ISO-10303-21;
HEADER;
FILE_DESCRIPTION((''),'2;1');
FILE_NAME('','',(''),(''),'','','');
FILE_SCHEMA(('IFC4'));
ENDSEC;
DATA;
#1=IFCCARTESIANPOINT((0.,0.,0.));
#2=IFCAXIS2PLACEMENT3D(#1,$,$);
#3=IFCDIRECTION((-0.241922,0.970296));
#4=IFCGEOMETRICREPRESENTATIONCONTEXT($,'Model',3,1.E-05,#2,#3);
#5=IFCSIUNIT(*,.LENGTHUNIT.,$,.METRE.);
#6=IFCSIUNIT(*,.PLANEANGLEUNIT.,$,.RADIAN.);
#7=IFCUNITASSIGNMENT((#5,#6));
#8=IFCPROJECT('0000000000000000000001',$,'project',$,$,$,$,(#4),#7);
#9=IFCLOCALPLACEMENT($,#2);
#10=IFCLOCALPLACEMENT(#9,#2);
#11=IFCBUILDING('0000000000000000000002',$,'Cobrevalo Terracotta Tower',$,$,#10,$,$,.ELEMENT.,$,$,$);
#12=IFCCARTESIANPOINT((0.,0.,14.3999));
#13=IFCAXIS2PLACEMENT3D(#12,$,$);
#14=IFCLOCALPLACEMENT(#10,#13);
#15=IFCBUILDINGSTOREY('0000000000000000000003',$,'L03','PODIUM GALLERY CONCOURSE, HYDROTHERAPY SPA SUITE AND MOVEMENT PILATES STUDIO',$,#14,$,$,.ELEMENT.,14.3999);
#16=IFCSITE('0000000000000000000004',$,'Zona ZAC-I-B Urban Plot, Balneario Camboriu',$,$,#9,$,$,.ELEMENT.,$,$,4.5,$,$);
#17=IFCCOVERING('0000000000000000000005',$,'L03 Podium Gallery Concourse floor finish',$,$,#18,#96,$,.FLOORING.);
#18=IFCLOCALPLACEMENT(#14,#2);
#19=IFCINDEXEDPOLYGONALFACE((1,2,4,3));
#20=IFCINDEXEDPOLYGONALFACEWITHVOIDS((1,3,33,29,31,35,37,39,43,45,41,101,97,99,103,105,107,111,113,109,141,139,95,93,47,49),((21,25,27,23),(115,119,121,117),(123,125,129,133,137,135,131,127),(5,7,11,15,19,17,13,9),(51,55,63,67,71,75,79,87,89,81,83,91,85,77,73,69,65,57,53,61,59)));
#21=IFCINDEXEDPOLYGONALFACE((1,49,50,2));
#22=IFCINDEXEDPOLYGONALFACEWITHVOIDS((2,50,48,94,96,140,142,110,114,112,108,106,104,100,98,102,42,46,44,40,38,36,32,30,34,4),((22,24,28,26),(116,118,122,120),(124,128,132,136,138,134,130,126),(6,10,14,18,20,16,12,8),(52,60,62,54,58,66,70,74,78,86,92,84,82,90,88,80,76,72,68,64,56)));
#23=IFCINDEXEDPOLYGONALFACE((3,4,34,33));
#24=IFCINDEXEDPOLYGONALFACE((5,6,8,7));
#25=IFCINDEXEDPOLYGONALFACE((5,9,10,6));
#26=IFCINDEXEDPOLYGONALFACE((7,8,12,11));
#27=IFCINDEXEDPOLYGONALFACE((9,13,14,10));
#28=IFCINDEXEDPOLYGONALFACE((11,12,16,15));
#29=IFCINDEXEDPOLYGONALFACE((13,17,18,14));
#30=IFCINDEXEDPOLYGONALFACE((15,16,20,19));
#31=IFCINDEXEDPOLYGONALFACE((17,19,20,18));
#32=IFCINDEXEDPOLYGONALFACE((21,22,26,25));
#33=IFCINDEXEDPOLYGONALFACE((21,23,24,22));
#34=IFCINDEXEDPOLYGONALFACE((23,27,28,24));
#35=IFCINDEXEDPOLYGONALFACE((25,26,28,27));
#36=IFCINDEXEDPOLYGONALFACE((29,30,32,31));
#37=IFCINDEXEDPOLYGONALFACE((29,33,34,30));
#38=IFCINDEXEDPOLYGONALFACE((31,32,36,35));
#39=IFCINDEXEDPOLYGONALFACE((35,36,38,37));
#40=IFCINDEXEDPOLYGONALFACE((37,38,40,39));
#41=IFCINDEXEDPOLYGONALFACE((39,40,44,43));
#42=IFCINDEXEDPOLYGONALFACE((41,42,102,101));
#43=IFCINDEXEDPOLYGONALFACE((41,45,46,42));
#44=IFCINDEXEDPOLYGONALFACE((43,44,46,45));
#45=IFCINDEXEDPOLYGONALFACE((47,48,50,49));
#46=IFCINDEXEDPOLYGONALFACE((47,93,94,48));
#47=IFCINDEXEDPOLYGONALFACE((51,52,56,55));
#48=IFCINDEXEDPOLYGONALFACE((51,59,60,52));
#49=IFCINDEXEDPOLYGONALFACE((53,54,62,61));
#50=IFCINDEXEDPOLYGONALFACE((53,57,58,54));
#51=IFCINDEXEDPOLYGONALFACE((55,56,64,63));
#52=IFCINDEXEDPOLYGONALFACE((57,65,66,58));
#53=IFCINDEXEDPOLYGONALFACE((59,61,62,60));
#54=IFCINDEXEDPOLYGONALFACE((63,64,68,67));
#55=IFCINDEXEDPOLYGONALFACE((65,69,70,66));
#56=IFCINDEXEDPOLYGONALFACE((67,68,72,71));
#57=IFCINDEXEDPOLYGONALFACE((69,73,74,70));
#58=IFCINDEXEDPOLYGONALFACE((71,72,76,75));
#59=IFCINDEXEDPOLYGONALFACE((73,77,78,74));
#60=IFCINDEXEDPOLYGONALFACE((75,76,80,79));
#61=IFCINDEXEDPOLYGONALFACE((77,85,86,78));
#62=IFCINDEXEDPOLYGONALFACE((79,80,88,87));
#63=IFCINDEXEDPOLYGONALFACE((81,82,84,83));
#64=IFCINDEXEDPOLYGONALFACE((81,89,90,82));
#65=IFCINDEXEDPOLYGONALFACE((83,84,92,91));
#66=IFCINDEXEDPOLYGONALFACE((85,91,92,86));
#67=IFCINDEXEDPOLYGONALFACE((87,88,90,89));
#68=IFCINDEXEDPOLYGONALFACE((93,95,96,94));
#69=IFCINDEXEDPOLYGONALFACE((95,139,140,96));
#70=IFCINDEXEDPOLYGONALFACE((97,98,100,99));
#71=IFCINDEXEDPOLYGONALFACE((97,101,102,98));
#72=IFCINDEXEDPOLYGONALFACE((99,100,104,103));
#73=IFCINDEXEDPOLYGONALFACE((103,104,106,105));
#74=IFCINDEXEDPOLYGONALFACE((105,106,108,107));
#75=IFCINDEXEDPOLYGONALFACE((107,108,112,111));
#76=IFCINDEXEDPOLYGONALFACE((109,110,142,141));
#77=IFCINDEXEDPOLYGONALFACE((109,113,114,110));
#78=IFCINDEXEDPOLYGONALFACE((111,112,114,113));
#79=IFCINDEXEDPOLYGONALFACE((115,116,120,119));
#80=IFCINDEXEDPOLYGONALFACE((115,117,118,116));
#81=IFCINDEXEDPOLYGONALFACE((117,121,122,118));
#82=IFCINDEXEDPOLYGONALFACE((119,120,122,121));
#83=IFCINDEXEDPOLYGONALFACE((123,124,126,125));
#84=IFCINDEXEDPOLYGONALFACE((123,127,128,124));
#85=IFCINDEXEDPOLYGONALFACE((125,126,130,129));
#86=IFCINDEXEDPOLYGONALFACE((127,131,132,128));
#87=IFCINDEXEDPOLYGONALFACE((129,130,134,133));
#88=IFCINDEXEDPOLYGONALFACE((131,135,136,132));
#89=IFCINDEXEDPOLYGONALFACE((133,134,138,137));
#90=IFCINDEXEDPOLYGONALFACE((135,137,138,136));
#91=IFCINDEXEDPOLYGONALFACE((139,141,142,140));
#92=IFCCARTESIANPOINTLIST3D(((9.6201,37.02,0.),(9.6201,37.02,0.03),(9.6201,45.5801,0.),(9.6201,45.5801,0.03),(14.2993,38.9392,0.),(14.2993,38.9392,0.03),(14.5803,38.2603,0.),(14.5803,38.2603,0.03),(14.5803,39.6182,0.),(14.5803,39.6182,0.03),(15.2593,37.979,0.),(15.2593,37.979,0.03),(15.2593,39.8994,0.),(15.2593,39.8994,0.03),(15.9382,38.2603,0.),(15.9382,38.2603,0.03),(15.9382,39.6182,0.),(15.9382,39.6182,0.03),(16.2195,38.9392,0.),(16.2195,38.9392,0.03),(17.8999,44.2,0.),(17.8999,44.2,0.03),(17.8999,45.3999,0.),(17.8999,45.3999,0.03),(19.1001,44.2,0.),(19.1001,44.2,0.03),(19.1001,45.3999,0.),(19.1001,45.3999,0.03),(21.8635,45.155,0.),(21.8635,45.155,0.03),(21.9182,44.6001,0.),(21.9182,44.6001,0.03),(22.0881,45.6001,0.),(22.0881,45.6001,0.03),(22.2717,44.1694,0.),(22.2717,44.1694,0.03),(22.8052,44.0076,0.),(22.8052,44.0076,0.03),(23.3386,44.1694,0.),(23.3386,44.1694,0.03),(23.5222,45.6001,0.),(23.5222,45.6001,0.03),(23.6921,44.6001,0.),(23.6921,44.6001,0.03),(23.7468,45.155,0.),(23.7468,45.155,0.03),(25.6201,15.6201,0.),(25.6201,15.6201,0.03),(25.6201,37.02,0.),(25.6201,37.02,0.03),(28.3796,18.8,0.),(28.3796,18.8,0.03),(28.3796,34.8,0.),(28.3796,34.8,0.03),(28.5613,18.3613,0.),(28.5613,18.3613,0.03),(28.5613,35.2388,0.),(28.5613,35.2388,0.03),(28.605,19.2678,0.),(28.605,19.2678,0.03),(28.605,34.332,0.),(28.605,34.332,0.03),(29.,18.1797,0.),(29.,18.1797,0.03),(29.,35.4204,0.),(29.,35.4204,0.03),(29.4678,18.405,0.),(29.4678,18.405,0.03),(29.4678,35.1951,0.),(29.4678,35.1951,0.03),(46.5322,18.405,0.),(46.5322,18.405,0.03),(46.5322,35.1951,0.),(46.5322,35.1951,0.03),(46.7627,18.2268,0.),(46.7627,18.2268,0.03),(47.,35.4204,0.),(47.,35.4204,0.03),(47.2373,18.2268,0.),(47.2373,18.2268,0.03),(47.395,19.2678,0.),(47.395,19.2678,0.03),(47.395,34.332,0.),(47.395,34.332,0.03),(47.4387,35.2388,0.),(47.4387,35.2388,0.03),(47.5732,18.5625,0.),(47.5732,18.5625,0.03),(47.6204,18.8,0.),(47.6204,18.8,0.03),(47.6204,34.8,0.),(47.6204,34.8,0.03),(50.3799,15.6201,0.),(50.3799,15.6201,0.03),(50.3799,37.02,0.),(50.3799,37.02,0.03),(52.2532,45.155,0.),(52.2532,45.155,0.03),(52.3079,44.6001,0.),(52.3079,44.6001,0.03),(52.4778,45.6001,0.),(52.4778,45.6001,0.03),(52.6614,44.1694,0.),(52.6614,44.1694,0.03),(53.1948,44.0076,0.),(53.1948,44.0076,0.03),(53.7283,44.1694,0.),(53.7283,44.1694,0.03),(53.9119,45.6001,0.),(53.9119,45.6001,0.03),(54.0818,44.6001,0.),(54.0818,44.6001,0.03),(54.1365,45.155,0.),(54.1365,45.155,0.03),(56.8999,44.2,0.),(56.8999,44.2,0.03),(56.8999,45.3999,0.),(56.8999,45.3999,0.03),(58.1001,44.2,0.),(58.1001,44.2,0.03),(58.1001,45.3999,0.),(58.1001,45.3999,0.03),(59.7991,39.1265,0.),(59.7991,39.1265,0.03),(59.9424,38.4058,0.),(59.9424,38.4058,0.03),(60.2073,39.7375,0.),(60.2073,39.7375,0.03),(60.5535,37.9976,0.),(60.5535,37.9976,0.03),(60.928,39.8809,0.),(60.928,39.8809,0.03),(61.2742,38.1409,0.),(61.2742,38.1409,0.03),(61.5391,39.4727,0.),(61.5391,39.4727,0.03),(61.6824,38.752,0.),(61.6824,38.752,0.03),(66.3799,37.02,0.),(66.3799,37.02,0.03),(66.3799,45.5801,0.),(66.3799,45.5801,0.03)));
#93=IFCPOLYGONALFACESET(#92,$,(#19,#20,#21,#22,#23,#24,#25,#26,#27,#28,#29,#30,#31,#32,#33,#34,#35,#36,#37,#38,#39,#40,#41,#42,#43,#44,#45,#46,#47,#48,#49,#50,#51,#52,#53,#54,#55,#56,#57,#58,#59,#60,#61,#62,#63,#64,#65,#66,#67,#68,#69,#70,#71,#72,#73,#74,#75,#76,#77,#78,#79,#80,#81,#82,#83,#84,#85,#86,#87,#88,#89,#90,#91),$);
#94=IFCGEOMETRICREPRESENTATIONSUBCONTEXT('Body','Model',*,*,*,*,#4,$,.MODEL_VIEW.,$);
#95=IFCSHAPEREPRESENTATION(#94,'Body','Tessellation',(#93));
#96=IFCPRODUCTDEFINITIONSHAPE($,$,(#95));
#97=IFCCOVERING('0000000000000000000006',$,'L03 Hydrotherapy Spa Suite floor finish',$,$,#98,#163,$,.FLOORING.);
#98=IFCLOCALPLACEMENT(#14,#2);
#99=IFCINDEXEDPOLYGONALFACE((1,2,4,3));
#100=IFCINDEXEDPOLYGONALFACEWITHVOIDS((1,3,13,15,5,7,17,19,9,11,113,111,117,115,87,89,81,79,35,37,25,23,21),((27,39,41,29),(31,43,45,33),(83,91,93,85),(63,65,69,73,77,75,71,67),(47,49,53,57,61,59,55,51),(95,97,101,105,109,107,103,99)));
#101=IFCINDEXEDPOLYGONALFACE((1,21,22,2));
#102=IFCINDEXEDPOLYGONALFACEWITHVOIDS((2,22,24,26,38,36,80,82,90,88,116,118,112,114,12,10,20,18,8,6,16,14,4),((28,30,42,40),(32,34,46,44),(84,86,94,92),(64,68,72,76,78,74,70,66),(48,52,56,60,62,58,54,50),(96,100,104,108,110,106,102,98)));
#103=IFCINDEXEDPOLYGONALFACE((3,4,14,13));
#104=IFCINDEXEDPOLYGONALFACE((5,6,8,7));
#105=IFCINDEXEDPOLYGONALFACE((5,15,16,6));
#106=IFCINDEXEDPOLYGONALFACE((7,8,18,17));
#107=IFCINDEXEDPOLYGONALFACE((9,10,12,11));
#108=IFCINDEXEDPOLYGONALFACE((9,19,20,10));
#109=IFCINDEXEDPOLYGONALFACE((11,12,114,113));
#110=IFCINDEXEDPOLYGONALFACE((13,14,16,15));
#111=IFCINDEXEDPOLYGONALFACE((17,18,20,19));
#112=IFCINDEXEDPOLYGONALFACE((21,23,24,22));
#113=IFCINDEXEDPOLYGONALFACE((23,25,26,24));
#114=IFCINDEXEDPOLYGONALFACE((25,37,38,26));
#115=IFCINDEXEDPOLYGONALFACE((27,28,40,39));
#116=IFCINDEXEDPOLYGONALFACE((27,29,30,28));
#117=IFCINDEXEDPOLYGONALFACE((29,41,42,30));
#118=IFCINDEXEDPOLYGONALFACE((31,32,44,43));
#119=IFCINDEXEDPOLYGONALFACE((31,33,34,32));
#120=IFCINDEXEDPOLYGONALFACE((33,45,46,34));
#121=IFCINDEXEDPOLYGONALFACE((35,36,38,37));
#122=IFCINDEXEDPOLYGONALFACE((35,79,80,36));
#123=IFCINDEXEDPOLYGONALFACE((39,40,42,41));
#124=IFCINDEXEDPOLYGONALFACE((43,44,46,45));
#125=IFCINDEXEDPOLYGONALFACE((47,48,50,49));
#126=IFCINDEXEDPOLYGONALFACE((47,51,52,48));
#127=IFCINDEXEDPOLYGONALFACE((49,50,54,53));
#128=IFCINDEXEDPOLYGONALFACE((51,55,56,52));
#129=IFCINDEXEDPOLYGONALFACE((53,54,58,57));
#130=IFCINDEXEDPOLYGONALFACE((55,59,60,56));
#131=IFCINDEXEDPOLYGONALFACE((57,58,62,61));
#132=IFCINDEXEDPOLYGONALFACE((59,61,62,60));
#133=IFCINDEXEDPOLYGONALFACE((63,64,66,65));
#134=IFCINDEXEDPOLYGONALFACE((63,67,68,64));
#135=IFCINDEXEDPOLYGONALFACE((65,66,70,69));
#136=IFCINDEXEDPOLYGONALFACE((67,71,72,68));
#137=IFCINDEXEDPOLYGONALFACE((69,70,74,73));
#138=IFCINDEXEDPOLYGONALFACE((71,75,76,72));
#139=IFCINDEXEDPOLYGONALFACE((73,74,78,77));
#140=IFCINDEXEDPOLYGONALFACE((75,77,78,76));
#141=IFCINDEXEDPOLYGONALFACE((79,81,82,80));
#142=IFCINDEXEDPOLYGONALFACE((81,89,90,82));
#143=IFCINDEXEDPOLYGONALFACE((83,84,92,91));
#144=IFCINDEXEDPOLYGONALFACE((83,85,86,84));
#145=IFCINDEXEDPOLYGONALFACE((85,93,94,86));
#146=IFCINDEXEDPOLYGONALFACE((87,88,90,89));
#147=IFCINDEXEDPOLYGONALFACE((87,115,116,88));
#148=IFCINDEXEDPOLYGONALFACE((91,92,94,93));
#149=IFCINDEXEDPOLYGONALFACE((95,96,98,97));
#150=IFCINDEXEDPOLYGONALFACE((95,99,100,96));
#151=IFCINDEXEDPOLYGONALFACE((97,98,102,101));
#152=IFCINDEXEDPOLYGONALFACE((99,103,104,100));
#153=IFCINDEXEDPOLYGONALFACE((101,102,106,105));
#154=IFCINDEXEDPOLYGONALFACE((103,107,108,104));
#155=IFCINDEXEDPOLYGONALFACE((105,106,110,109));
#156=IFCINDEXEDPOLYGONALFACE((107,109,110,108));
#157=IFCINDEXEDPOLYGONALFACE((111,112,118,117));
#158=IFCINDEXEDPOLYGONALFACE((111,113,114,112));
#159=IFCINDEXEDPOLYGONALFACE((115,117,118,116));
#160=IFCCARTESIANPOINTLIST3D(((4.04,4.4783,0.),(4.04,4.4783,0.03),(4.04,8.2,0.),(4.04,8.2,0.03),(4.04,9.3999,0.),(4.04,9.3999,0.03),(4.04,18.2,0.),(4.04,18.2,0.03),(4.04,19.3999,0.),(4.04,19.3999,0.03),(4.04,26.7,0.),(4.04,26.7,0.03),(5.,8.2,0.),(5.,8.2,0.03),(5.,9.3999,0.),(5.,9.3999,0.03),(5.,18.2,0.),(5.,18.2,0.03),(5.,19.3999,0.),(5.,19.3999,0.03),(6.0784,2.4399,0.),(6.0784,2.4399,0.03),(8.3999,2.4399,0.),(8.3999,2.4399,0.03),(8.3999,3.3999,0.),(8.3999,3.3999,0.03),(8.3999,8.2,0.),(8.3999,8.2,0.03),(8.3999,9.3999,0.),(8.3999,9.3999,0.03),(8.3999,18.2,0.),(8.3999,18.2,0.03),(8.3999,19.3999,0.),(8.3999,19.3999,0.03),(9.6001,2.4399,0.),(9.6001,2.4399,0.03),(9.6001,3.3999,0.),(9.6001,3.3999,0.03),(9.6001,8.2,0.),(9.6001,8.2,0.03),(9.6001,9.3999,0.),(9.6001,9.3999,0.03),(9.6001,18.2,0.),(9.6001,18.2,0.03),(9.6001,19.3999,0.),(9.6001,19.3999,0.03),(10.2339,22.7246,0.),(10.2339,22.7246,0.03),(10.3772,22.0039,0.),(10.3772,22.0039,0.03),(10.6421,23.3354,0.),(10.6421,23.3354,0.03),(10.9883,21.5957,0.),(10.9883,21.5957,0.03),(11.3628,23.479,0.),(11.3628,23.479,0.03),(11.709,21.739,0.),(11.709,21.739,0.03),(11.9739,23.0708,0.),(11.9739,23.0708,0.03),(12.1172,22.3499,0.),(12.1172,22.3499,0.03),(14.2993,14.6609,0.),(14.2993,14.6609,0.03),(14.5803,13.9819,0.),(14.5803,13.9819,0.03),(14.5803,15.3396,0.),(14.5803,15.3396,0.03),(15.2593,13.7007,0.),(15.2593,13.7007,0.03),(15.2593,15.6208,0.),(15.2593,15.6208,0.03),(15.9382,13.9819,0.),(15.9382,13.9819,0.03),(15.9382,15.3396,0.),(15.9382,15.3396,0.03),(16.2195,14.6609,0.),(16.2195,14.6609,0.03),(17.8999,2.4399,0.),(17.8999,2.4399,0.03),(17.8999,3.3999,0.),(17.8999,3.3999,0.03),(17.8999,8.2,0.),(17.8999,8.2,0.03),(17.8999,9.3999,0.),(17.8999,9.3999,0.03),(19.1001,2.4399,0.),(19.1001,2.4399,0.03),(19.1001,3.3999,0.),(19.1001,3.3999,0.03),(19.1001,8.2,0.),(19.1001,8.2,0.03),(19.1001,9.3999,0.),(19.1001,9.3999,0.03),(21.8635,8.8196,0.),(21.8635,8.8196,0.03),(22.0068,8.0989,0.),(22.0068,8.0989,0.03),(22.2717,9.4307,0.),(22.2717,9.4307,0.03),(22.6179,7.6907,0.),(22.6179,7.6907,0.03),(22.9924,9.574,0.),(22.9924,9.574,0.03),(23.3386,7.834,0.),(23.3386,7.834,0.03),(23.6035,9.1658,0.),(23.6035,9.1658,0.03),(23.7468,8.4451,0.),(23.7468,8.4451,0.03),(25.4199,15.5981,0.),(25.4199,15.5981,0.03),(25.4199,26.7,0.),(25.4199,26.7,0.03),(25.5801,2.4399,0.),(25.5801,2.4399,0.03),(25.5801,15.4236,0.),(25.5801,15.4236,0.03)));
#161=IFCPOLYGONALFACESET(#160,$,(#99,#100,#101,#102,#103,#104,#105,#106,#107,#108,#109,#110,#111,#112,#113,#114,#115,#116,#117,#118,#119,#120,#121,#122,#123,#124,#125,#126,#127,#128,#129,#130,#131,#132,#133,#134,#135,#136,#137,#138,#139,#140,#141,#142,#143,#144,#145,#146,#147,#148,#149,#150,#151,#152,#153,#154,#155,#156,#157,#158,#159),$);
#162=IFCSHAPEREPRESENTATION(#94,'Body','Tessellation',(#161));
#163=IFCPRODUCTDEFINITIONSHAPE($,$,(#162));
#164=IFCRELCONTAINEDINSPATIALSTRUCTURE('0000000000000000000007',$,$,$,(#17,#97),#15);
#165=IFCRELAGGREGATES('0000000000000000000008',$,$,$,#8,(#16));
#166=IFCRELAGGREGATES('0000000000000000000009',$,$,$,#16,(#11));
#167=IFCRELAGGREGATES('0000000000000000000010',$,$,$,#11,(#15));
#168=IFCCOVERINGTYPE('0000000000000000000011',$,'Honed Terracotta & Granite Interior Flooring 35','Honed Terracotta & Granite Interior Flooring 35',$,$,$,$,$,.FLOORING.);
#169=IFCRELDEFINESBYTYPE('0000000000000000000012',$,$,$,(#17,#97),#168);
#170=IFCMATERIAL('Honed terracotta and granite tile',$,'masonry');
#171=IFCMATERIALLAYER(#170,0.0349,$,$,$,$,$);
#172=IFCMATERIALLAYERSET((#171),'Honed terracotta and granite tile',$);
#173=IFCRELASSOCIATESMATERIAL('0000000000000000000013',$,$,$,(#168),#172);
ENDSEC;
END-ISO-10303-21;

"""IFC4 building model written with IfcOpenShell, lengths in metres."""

from ifc_helpers import new_model, si_unit, direction, frame, origin, place, context, subcontext, project, spatial, polyline, outline, extrude, material, layer, layer_set, type_object, element, save


model = new_model("IFC4")

# Units and contexts
model_context = context("Model", 3, precision=1e-05, world=origin(), true_north=direction((-0.241922, 0.970296)))
body_context = subcontext(model_context, "Body", "Model", "MODEL_VIEW")
ifc_project = project(units=[si_unit("LENGTHUNIT", "METRE"), si_unit("PLANEANGLEUNIT", "RADIAN")], contexts=[model_context])

# Site, building, storey
site_placement = place(None, origin())
site = spatial("IfcSite", under=ifc_project, at=site_placement, Name="Zona ZAC-I-B Urban Plot, Balneario Camboriu", CompositionType="ELEMENT", RefElevation=4.5)
building_placement = place(site_placement, origin())
building = spatial("IfcBuilding", under=site, at=building_placement, Name="Cobrevalo Terracotta Tower", CompositionType="ELEMENT")
storey_placement = place(building_placement, frame((0.0, 0.0, 14.3999)))
storey = spatial("IfcBuildingStorey", under=building, at=storey_placement, Name="L03", Description="PODIUM GALLERY CONCOURSE, HYDROTHERAPY SPA SUITE AND MOVEMENT PILATES STUDIO", CompositionType="ELEMENT", Elevation=14.3999)

# Coverings
ifc_material_1 = material(Name="Honed terracotta and granite tile", Category="masonry")
ifc_layer_1 = layer(ifc_material_1, 0.0349)
ifc_layer_set_1 = layer_set([ifc_layer_1], Name="Honed terracotta and granite tile")
covering_type_1 = type_object("IfcCoveringType", Name="Honed Terracotta & Granite Interior Flooring 35", Description="Honed Terracotta & Granite Interior Flooring 35", PredefinedType="FLOORING", material=ifc_layer_set_1)
covering_1_placement = place(storey_placement, origin())
element("IfcCovering", 1, at=covering_1_placement, inside=storey, type_object=covering_type_1, Name="L03 Podium Gallery Concourse floor finish", PredefinedType="FLOORING", context=body_context, shape_type="SweptSolid", body=[
    extrude(outline(polyline([(9.6201, 45.5801), (22.0881, 45.6001), (21.8635, 45.155), (21.9182, 44.6001), (22.2717, 44.1694), (22.8052, 44.0076), (23.3386, 44.1694), (23.6921, 44.6001), (23.7468, 45.155), (23.5222, 45.6001), (52.4778, 45.6001), (52.2532, 45.155), (52.3079, 44.6001), (52.6614, 44.1694), (53.1948, 44.0076), (53.7283, 44.1694), (54.0818, 44.6001), (54.1365, 45.155), (53.9119, 45.6001), (66.3799, 45.5801), (66.3799, 37.02), (50.3799, 37.02), (50.3799, 15.6201), (25.6201, 15.6201), (25.6201, 37.02), (9.6201, 37.02), (9.6201, 45.5801)]), holes=[polyline([(61.2742, 38.1409), (61.6824, 38.752), (61.5391, 39.4727), (60.928, 39.8809), (60.2073, 39.7375), (59.7991, 39.1265), (59.9424, 38.4058), (60.5535, 37.9976), (61.2742, 38.1409)]), polyline([(56.8999, 45.3999), (56.8999, 44.2), (58.1001, 44.2), (58.1001, 45.3999), (56.8999, 45.3999)]), polyline([(46.5322, 18.405), (46.7627, 18.2268), (47.2373, 18.2268), (47.5732, 18.5625), (47.6204, 18.8), (47.395, 19.2678), (47.395, 34.332), (47.6204, 34.8), (47.4387, 35.2388), (47.0, 35.4204), (46.5322, 35.1951), (29.4678, 35.1951), (29.0, 35.4204), (28.5613, 35.2388), (28.3796, 34.8), (28.605, 34.332), (28.605, 19.2678), (28.3796, 18.8), (28.5613, 18.3613), (29.0, 18.1797), (29.4678, 18.405), (46.5322, 18.405)]), polyline([(17.8999, 44.2), (19.1001, 44.2), (19.1001, 45.3999), (17.8999, 45.3999), (17.8999, 44.2)]), polyline([(15.9382, 38.2603), (16.2195, 38.9392), (15.9382, 39.6182), (15.2593, 39.8994), (14.5803, 39.6182), (14.2993, 38.9392), (14.5803, 38.2603), (15.2593, 37.979), (15.9382, 38.2603)])]), origin(), (0.0, 0.0, 1.0), 0.03),
])
covering_2_placement = place(storey_placement, origin())
element("IfcCovering", 2, at=covering_2_placement, inside=storey, type_object=covering_type_1, Name="L03 Hydrotherapy Spa Suite floor finish", PredefinedType="FLOORING", context=body_context, shape_type="SweptSolid", body=[
    extrude(outline(polyline([(4.04, 4.4783), (4.04, 8.2), (5.0, 8.2), (5.0, 9.3999), (4.04, 9.3999), (4.04, 18.2), (5.0, 18.2), (5.0, 19.3999), (4.04, 19.3999), (4.04, 26.7), (25.4199, 26.7), (25.4199, 15.5981), (25.5801, 15.4236), (25.5801, 2.4399), (19.1001, 2.4399), (19.1001, 3.3999), (17.8999, 3.3999), (17.8999, 2.4399), (9.6001, 2.4399), (9.6001, 3.3999), (8.3999, 3.3999), (8.3999, 2.4399), (6.0784, 2.4399), (4.04, 4.4783)]), holes=[polyline([(23.3386, 7.834), (23.7468, 8.4451), (23.6035, 9.1658), (22.9924, 9.574), (22.2717, 9.4307), (21.8635, 8.8196), (22.0068, 8.0989), (22.6179, 7.6907), (23.3386, 7.834)]), polyline([(17.8999, 9.3999), (17.8999, 8.2), (19.1001, 8.2), (19.1001, 9.3999), (17.8999, 9.3999)]), polyline([(15.9382, 13.9819), (16.2195, 14.6609), (15.9382, 15.3396), (15.2593, 15.6208), (14.5803, 15.3396), (14.2993, 14.6609), (14.5803, 13.9819), (15.2593, 13.7007), (15.9382, 13.9819)]), polyline([(11.709, 21.739), (12.1172, 22.3499), (11.9739, 23.0708), (11.3628, 23.479), (10.6421, 23.3354), (10.2339, 22.7246), (10.3772, 22.0039), (10.9883, 21.5957), (11.709, 21.739)]), polyline([(8.3999, 9.3999), (8.3999, 8.2), (9.6001, 8.2), (9.6001, 9.3999), (8.3999, 9.3999)]), polyline([(8.3999, 19.3999), (8.3999, 18.2), (9.6001, 18.2), (9.6001, 19.3999), (8.3999, 19.3999)])]), origin(), (0.0, 0.0, 1.0), 0.03),
])

save(model, "model.ifc")
